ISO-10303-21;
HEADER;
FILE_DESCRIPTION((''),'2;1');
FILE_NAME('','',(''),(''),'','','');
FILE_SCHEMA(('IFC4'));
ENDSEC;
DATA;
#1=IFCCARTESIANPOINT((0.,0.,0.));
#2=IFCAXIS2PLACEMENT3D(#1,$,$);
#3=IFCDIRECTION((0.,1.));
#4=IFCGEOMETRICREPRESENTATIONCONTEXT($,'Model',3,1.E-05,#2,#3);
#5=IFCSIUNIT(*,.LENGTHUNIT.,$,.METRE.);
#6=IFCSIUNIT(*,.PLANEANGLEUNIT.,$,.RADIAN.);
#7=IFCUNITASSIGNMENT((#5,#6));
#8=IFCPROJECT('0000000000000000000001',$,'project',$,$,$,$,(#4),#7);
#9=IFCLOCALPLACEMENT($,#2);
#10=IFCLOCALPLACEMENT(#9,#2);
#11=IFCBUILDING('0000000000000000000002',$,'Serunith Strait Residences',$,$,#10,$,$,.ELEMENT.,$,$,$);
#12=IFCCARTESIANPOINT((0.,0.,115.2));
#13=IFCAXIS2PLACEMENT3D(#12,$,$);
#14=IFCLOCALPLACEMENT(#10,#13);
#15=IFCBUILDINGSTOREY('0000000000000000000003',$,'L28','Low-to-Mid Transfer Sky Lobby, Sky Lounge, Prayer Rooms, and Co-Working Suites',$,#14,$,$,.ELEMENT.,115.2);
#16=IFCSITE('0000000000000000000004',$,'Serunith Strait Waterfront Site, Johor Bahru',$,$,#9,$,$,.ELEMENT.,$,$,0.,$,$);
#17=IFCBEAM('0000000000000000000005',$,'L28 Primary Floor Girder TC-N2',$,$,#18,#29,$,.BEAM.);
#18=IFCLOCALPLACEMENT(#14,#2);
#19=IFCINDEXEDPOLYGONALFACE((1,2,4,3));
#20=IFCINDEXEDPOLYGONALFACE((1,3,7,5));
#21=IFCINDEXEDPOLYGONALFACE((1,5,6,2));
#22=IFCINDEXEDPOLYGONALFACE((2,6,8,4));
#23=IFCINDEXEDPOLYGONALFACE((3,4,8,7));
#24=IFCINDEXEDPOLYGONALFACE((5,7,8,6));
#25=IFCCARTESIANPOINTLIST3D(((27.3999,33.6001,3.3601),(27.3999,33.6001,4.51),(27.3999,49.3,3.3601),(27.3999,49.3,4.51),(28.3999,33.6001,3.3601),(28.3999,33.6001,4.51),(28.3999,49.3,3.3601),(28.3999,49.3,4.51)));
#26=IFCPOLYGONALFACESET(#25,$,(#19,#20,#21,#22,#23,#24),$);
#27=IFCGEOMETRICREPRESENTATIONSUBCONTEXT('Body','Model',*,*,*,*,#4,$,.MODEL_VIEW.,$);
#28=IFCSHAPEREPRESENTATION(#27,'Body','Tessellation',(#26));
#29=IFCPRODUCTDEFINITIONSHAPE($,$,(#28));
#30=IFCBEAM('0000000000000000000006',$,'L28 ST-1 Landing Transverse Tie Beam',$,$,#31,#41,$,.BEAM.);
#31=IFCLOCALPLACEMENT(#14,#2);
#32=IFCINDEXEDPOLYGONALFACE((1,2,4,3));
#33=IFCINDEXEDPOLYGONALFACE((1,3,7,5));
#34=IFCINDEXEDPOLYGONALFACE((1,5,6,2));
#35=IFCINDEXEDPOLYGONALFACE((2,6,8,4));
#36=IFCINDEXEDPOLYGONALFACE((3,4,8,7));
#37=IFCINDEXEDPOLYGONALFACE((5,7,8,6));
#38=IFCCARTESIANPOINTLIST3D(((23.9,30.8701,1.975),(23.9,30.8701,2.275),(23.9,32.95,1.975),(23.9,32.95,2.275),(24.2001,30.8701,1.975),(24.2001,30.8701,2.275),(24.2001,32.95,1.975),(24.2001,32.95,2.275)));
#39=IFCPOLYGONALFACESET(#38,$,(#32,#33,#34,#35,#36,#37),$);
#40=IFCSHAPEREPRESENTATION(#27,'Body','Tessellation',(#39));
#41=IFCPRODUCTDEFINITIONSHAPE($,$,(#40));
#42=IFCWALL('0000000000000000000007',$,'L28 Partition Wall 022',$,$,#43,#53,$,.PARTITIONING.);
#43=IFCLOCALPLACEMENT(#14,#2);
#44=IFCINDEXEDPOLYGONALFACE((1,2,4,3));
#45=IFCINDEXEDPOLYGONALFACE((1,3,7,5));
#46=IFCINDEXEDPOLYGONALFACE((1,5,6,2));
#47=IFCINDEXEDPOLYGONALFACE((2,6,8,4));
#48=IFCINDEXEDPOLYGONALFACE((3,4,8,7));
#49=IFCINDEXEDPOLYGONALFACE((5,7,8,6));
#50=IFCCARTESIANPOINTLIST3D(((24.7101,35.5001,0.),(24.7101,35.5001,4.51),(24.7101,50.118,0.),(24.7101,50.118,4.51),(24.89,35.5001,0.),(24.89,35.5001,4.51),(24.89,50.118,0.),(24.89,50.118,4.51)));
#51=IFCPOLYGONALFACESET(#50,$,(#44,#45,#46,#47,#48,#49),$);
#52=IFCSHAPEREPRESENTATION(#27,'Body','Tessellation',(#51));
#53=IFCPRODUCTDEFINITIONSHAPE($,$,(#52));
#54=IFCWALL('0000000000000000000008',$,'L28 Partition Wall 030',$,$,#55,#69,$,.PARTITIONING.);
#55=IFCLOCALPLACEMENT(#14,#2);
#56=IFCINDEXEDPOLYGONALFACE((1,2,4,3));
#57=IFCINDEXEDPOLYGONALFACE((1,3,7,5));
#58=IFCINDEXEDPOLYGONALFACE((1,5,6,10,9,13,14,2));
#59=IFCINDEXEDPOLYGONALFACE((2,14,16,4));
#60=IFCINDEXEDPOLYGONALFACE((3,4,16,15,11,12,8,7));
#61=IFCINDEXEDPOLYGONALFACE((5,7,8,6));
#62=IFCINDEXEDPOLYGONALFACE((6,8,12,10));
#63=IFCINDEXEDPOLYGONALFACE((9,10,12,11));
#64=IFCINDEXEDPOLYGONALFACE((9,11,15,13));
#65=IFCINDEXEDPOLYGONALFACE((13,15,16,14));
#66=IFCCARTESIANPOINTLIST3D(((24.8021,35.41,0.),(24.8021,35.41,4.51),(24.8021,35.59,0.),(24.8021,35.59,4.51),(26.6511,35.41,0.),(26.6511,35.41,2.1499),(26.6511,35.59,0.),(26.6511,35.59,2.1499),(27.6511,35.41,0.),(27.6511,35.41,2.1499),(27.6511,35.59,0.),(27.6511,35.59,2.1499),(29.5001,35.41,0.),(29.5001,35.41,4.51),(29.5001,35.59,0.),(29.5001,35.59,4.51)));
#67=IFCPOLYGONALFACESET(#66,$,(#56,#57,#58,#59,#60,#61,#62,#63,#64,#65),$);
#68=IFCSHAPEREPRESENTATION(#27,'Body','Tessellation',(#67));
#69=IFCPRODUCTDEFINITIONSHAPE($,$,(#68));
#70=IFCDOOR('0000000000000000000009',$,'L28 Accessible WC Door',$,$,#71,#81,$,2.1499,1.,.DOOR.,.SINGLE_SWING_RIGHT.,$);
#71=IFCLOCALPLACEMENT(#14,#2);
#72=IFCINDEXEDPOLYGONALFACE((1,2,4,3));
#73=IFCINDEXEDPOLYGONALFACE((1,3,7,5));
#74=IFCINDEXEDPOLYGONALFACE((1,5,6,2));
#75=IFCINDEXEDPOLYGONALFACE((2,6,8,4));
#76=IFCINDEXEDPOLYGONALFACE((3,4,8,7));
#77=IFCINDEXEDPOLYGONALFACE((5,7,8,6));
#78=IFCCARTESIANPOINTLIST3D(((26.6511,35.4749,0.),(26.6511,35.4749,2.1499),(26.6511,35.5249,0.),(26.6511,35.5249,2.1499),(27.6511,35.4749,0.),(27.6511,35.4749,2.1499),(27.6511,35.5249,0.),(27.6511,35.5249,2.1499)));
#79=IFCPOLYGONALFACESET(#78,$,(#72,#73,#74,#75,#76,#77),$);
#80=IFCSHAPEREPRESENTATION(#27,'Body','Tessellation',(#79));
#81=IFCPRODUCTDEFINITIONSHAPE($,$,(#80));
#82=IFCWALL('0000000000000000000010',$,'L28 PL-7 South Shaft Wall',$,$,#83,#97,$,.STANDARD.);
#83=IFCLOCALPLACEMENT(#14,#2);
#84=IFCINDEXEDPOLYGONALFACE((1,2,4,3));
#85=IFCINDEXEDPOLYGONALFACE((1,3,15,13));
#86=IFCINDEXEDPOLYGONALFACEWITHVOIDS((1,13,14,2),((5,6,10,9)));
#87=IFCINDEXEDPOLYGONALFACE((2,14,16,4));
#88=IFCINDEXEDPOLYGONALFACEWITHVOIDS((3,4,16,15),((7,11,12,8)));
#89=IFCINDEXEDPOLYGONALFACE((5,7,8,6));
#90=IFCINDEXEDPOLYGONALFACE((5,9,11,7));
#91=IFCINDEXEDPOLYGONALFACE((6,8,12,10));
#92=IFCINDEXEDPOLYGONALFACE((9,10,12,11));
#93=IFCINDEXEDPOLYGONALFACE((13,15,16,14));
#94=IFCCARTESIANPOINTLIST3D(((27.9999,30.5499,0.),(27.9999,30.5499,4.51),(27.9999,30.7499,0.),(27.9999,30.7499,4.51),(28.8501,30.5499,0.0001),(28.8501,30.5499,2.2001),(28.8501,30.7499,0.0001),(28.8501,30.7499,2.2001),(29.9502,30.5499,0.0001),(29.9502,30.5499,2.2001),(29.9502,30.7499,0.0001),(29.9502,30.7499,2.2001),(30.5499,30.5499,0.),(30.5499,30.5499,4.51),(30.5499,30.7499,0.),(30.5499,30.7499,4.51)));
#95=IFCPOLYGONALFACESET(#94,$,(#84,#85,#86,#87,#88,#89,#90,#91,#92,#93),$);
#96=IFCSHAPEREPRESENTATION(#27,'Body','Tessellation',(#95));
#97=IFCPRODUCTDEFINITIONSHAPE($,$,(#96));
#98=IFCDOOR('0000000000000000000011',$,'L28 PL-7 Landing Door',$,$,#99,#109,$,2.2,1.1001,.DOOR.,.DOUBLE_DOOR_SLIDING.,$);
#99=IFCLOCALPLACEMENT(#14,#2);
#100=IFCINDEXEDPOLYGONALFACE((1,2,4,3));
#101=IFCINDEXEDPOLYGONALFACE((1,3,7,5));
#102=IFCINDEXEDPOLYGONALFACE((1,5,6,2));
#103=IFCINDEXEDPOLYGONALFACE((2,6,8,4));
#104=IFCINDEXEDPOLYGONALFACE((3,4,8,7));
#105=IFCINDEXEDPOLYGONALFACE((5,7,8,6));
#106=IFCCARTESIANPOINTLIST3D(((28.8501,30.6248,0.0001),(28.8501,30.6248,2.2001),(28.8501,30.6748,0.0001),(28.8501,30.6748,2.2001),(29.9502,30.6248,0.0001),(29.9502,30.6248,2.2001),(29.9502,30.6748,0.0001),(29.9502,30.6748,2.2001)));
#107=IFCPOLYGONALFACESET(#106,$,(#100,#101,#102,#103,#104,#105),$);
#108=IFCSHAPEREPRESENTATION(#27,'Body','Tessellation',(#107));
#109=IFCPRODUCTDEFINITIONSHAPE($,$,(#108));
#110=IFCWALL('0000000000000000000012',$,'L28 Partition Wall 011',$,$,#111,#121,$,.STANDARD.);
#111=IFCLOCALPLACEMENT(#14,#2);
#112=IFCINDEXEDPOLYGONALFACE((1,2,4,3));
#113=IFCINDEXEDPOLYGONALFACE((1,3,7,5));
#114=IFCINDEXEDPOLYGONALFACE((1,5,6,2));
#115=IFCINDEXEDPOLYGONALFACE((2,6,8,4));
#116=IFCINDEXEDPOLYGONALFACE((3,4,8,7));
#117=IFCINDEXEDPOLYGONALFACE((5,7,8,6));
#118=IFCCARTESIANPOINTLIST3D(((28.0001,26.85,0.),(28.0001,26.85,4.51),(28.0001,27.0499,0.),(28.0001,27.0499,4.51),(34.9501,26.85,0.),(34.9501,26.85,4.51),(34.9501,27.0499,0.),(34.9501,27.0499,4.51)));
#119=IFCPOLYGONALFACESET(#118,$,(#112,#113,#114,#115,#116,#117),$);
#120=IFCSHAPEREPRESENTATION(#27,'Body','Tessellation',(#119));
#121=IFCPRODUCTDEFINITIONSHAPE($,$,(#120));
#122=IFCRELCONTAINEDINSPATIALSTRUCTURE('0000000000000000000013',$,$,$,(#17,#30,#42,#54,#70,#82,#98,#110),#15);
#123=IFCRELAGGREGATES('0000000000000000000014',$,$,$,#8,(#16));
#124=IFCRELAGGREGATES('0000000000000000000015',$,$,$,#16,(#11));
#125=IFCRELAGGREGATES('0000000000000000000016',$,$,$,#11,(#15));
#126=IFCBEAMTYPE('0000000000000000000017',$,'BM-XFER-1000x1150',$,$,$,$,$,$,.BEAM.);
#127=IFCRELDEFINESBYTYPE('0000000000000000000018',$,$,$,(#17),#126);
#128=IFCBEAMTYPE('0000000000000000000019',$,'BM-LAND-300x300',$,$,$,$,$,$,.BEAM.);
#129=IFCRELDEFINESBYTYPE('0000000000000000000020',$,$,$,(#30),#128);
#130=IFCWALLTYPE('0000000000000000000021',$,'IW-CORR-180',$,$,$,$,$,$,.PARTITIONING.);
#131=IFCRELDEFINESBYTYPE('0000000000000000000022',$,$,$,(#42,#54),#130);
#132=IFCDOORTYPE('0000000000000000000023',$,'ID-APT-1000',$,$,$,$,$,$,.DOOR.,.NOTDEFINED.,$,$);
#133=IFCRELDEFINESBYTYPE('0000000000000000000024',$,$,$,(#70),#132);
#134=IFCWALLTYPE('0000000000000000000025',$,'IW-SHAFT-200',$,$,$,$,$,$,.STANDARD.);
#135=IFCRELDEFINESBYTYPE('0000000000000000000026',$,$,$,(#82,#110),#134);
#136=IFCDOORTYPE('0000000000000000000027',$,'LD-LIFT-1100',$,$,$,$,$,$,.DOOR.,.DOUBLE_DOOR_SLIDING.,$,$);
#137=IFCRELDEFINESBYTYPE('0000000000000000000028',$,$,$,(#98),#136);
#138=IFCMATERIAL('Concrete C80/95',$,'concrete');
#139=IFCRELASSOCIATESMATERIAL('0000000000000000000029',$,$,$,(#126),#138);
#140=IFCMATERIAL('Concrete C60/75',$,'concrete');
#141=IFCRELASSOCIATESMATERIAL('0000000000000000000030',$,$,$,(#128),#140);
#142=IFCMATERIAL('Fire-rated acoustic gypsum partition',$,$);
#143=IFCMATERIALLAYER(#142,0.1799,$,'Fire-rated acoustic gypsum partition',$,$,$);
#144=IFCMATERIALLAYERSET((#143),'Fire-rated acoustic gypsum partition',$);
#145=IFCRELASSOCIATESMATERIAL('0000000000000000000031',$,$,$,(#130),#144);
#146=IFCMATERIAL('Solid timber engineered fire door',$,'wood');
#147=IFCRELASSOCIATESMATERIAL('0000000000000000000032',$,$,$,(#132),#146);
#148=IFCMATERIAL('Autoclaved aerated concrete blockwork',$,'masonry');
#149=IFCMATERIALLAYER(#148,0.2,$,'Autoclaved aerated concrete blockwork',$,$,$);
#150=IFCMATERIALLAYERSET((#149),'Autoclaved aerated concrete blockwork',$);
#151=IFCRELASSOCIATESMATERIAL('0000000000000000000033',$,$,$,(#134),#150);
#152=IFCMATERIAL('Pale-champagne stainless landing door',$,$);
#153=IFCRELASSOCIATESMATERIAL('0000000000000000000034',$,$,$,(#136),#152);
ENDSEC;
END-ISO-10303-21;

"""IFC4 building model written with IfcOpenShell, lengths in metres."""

from ifc_helpers import new_model, si_unit, direction, frame, frame_2d, origin, origin_2d, place, context, subcontext, project, spatial, rectangle, extrude, source, transform, mapped, material, layer, layer_set, material_profile, profile_set, type_object, element, fill, save


model = new_model("IFC4")

# Units and contexts
model_context = context("Model", 3, precision=1e-05, world=origin(), true_north=direction((0.0, 1.0)))
body_context = subcontext(model_context, "Body", "Model", "MODEL_VIEW")
ifc_project = project(units=[si_unit("LENGTHUNIT", "METRE"), si_unit("PLANEANGLEUNIT", "RADIAN")], contexts=[model_context])

# Site, building, storey
site_placement = place(None, origin())
site = spatial("IfcSite", under=ifc_project, at=site_placement, Name="Serunith Strait Waterfront Site, Johor Bahru", CompositionType="ELEMENT", RefElevation=0.0)
building_placement = place(site_placement, origin())
building = spatial("IfcBuilding", under=site, at=building_placement, Name="Serunith Strait Residences", CompositionType="ELEMENT")
storey_placement = place(building_placement, frame((0.0, 0.0, 115.2)))
storey = spatial("IfcBuildingStorey", under=building, at=storey_placement, Name="L28", Description="Low-to-Mid Transfer Sky Lobby, Sky Lounge, Prayer Rooms, and Co-Working Suites", CompositionType="ELEMENT", Elevation=115.2)

# Beams
ifc_material_1 = material(Name="Concrete C80/95", Category="concrete")
ifc_material_profile_1 = material_profile(ifc_material_1, rectangle(XDim=1.0, YDim=1.1499, at=origin_2d()), Name="RC 1000x1150")
ifc_profile_set_1 = profile_set([ifc_material_profile_1], Name="Concrete C80/95")
beam_type_1 = type_object("IfcBeamType", Name="BM-XFER-1000x1150", PredefinedType="BEAM", material=ifc_profile_set_1)
shared_shape_1 = source(origin(), body_context, "Body", "SweptSolid", [
    extrude(rectangle(XDim=1.0, YDim=1.1499, at=origin_2d()), origin(), (0.0, 0.0, 1.0), 15.7),
])
beam_1_placement = place(storey_placement, frame((27.8999, 33.6001, 3.9351), z_axis=(0.0, 1.0, 0.0), x_axis=(-1.0, 0.0, 0.0)))
element("IfcBeam", 1, at=beam_1_placement, inside=storey, type_object=beam_type_1, Name="L28 Primary Floor Girder TC-N2", PredefinedType="BEAM", context=body_context, shape_type="MappedRepresentation", body=[
    mapped(shared_shape_1, transform((0.0, 0.0, 0.0), scale=1.0)),
])
ifc_material_2 = material(Name="Concrete C60/75", Category="concrete")
ifc_material_profile_2 = material_profile(ifc_material_2, rectangle(XDim=0.3, YDim=0.3, at=origin_2d()), Name="RC 300x300")
ifc_profile_set_2 = profile_set([ifc_material_profile_2], Name="Concrete C60/75")
beam_type_2 = type_object("IfcBeamType", Name="BM-LAND-300x300", PredefinedType="BEAM", material=ifc_profile_set_2)
shared_shape_2 = source(origin(), body_context, "Body", "SweptSolid", [
    extrude(rectangle(XDim=0.3, YDim=0.3, at=origin_2d()), origin(), (0.0, 0.0, 1.0), 2.0798),
])
beam_2_placement = place(storey_placement, frame((24.05, 30.8701, 2.125), z_axis=(0.0, 1.0, 0.0), x_axis=(-1.0, 0.0, 0.0)))
element("IfcBeam", 2, at=beam_2_placement, inside=storey, type_object=beam_type_2, Name="L28 ST-1 Landing Transverse Tie Beam", PredefinedType="BEAM", context=body_context, shape_type="MappedRepresentation", body=[
    mapped(shared_shape_2, transform((0.0, 0.0, 0.0), scale=1.0)),
])

# Wall
ifc_material_3 = material(Name="Fire-rated acoustic gypsum partition")
ifc_layer_1 = layer(ifc_material_3, 0.1799, Name="Fire-rated acoustic gypsum partition")
ifc_layer_set_1 = layer_set([ifc_layer_1], Name="Fire-rated acoustic gypsum partition")
wall_type_1 = type_object("IfcWallType", Name="IW-CORR-180", PredefinedType="PARTITIONING", material=ifc_layer_set_1)
wall_1_placement = place(storey_placement, frame((24.8, 35.5, 0.0), z_axis=(0.0, 0.0, 1.0), x_axis=(0.0, 1.0, 0.0)))
element("IfcWall", 3, at=wall_1_placement, inside=storey, type_object=wall_type_1, Name="L28 Partition Wall 022", PredefinedType="PARTITIONING", context=body_context, shape_type="SweptSolid", body=[
    extrude(rectangle(XDim=14.6179, YDim=0.1799, at=frame_2d((7.3091, 0.0))), origin(), (0.0, 0.0, 1.0), 4.51),
])

# Walls, openings, doors
wall_2_placement = place(storey_placement, frame((24.802, 35.5, 0.0), z_axis=(0.0, 0.0, 1.0), x_axis=(1.0, 0.0, 0.0)))
wall_2 = element("IfcWall", 4, at=wall_2_placement, inside=storey, type_object=wall_type_1, Name="L28 Partition Wall 030", PredefinedType="PARTITIONING", context=body_context, shape_type="SweptSolid", body=[
    extrude(rectangle(XDim=4.698, YDim=0.1799, at=frame_2d((2.3491, 0.0))), origin(), (0.0, 0.0, 1.0), 4.51),
])
opening_1_placement = place(wall_2_placement, frame((1.8491, 0.0, 0.0)))
opening_1 = element("IfcOpeningElement", 5, at=opening_1_placement, cuts=wall_2, PredefinedType="OPENING", context=body_context, shape_type="SweptSolid", body=[
    extrude(rectangle(XDim=1.0, YDim=2.1499, at=frame_2d((0.5, 1.075))), frame((0.0, 0.1001, 0.0), z_axis=(0.0, -1.0, 0.0), x_axis=(1.0, 0.0, 0.0)), (0.0, 0.0, 1.0), 0.2),
])
ifc_material_4 = material(Name="Solid timber engineered fire door", Category="wood")
door_type_1 = type_object("IfcDoorType", Name="ID-APT-1000", OperationType="NOTDEFINED", PredefinedType="DOOR", material=ifc_material_4)
shared_shape_3 = source(origin(), body_context, "Body", "SweptSolid", [
    extrude(rectangle(XDim=1.0, YDim=2.1499, at=frame_2d((0.5, 1.075))), frame((0.0, 0.0249, 0.0), z_axis=(0.0, -1.0, 0.0), x_axis=(1.0, 0.0, 0.0)), (0.0, 0.0, 1.0), 0.05),
])
door_1_placement = place(opening_1_placement, origin())
door_1 = element("IfcDoor", 6, at=door_1_placement, inside=storey, type_object=door_type_1, Name="L28 Accessible WC Door", OperationType="SINGLE_SWING_RIGHT", OverallHeight=2.1499, OverallWidth=1.0, PredefinedType="DOOR", context=body_context, shape_type="MappedRepresentation", body=[
    mapped(shared_shape_3, transform((0.0, 0.0, 0.0), scale=1.0)),
])
fill(opening_1, door_1)
ifc_material_5 = material(Name="Autoclaved aerated concrete blockwork", Category="masonry")
ifc_layer_2 = layer(ifc_material_5, 0.2, Name="Autoclaved aerated concrete blockwork")
ifc_layer_set_2 = layer_set([ifc_layer_2], Name="Autoclaved aerated concrete blockwork")
wall_type_2 = type_object("IfcWallType", Name="IW-SHAFT-200", PredefinedType="STANDARD", material=ifc_layer_set_2)
wall_3_placement = place(storey_placement, frame((28.0, 30.6499, 0.0), z_axis=(0.0, 0.0, 1.0), x_axis=(1.0, 0.0, 0.0)))
wall_3 = element("IfcWall", 7, at=wall_3_placement, inside=storey, type_object=wall_type_2, Name="L28 PL-7 South Shaft Wall", PredefinedType="STANDARD", context=body_context, shape_type="SweptSolid", body=[
    extrude(rectangle(XDim=2.55, YDim=0.2, at=frame_2d((1.2749, 0.0))), origin(), (0.0, 0.0, 1.0), 4.51),
])
opening_2_placement = place(wall_3_placement, frame((0.8501, 0.0, 0.0)))
opening_2 = element("IfcOpeningElement", 8, at=opening_2_placement, cuts=wall_3, PredefinedType="OPENING", context=body_context, shape_type="SweptSolid", body=[
    extrude(rectangle(XDim=1.1001, YDim=2.2, at=frame_2d((0.55, 1.1001))), frame((0.0, 0.1099, 0.0), z_axis=(0.0, -1.0, 0.0), x_axis=(1.0, 0.0, 0.0)), (0.0, 0.0, 1.0), 0.22),
])
ifc_material_6 = material(Name="Pale-champagne stainless landing door")
door_type_2 = type_object("IfcDoorType", Name="LD-LIFT-1100", OperationType="DOUBLE_DOOR_SLIDING", PredefinedType="DOOR", material=ifc_material_6)
shared_shape_4 = source(origin(), body_context, "Body", "SweptSolid", [
    extrude(rectangle(XDim=1.1001, YDim=2.2, at=frame_2d((0.55, 1.1001))), frame((0.0, 0.0249, 0.0), z_axis=(0.0, -1.0, 0.0), x_axis=(1.0, 0.0, 0.0)), (0.0, 0.0, 1.0), 0.05),
])
door_2_placement = place(opening_2_placement, origin())
door_2 = element("IfcDoor", 9, at=door_2_placement, inside=storey, type_object=door_type_2, Name="L28 PL-7 Landing Door", OperationType="DOUBLE_DOOR_SLIDING", OverallHeight=2.2, OverallWidth=1.1001, PredefinedType="DOOR", context=body_context, shape_type="MappedRepresentation", body=[
    mapped(shared_shape_4, transform((0.0, 0.0, 0.0), scale=1.0)),
])
fill(opening_2, door_2)

# Wall
wall_4_placement = place(storey_placement, frame((28.0, 26.95, 0.0), z_axis=(0.0, 0.0, 1.0), x_axis=(1.0, 0.0, 0.0)))
element("IfcWall", 10, at=wall_4_placement, inside=storey, type_object=wall_type_2, Name="L28 Partition Wall 011", PredefinedType="STANDARD", context=body_context, shape_type="SweptSolid", body=[
    extrude(rectangle(XDim=6.95, YDim=0.2, at=frame_2d((3.4751, 0.0))), origin(), (0.0, 0.0, 1.0), 4.51),
])

save(model, "model.ifc")
